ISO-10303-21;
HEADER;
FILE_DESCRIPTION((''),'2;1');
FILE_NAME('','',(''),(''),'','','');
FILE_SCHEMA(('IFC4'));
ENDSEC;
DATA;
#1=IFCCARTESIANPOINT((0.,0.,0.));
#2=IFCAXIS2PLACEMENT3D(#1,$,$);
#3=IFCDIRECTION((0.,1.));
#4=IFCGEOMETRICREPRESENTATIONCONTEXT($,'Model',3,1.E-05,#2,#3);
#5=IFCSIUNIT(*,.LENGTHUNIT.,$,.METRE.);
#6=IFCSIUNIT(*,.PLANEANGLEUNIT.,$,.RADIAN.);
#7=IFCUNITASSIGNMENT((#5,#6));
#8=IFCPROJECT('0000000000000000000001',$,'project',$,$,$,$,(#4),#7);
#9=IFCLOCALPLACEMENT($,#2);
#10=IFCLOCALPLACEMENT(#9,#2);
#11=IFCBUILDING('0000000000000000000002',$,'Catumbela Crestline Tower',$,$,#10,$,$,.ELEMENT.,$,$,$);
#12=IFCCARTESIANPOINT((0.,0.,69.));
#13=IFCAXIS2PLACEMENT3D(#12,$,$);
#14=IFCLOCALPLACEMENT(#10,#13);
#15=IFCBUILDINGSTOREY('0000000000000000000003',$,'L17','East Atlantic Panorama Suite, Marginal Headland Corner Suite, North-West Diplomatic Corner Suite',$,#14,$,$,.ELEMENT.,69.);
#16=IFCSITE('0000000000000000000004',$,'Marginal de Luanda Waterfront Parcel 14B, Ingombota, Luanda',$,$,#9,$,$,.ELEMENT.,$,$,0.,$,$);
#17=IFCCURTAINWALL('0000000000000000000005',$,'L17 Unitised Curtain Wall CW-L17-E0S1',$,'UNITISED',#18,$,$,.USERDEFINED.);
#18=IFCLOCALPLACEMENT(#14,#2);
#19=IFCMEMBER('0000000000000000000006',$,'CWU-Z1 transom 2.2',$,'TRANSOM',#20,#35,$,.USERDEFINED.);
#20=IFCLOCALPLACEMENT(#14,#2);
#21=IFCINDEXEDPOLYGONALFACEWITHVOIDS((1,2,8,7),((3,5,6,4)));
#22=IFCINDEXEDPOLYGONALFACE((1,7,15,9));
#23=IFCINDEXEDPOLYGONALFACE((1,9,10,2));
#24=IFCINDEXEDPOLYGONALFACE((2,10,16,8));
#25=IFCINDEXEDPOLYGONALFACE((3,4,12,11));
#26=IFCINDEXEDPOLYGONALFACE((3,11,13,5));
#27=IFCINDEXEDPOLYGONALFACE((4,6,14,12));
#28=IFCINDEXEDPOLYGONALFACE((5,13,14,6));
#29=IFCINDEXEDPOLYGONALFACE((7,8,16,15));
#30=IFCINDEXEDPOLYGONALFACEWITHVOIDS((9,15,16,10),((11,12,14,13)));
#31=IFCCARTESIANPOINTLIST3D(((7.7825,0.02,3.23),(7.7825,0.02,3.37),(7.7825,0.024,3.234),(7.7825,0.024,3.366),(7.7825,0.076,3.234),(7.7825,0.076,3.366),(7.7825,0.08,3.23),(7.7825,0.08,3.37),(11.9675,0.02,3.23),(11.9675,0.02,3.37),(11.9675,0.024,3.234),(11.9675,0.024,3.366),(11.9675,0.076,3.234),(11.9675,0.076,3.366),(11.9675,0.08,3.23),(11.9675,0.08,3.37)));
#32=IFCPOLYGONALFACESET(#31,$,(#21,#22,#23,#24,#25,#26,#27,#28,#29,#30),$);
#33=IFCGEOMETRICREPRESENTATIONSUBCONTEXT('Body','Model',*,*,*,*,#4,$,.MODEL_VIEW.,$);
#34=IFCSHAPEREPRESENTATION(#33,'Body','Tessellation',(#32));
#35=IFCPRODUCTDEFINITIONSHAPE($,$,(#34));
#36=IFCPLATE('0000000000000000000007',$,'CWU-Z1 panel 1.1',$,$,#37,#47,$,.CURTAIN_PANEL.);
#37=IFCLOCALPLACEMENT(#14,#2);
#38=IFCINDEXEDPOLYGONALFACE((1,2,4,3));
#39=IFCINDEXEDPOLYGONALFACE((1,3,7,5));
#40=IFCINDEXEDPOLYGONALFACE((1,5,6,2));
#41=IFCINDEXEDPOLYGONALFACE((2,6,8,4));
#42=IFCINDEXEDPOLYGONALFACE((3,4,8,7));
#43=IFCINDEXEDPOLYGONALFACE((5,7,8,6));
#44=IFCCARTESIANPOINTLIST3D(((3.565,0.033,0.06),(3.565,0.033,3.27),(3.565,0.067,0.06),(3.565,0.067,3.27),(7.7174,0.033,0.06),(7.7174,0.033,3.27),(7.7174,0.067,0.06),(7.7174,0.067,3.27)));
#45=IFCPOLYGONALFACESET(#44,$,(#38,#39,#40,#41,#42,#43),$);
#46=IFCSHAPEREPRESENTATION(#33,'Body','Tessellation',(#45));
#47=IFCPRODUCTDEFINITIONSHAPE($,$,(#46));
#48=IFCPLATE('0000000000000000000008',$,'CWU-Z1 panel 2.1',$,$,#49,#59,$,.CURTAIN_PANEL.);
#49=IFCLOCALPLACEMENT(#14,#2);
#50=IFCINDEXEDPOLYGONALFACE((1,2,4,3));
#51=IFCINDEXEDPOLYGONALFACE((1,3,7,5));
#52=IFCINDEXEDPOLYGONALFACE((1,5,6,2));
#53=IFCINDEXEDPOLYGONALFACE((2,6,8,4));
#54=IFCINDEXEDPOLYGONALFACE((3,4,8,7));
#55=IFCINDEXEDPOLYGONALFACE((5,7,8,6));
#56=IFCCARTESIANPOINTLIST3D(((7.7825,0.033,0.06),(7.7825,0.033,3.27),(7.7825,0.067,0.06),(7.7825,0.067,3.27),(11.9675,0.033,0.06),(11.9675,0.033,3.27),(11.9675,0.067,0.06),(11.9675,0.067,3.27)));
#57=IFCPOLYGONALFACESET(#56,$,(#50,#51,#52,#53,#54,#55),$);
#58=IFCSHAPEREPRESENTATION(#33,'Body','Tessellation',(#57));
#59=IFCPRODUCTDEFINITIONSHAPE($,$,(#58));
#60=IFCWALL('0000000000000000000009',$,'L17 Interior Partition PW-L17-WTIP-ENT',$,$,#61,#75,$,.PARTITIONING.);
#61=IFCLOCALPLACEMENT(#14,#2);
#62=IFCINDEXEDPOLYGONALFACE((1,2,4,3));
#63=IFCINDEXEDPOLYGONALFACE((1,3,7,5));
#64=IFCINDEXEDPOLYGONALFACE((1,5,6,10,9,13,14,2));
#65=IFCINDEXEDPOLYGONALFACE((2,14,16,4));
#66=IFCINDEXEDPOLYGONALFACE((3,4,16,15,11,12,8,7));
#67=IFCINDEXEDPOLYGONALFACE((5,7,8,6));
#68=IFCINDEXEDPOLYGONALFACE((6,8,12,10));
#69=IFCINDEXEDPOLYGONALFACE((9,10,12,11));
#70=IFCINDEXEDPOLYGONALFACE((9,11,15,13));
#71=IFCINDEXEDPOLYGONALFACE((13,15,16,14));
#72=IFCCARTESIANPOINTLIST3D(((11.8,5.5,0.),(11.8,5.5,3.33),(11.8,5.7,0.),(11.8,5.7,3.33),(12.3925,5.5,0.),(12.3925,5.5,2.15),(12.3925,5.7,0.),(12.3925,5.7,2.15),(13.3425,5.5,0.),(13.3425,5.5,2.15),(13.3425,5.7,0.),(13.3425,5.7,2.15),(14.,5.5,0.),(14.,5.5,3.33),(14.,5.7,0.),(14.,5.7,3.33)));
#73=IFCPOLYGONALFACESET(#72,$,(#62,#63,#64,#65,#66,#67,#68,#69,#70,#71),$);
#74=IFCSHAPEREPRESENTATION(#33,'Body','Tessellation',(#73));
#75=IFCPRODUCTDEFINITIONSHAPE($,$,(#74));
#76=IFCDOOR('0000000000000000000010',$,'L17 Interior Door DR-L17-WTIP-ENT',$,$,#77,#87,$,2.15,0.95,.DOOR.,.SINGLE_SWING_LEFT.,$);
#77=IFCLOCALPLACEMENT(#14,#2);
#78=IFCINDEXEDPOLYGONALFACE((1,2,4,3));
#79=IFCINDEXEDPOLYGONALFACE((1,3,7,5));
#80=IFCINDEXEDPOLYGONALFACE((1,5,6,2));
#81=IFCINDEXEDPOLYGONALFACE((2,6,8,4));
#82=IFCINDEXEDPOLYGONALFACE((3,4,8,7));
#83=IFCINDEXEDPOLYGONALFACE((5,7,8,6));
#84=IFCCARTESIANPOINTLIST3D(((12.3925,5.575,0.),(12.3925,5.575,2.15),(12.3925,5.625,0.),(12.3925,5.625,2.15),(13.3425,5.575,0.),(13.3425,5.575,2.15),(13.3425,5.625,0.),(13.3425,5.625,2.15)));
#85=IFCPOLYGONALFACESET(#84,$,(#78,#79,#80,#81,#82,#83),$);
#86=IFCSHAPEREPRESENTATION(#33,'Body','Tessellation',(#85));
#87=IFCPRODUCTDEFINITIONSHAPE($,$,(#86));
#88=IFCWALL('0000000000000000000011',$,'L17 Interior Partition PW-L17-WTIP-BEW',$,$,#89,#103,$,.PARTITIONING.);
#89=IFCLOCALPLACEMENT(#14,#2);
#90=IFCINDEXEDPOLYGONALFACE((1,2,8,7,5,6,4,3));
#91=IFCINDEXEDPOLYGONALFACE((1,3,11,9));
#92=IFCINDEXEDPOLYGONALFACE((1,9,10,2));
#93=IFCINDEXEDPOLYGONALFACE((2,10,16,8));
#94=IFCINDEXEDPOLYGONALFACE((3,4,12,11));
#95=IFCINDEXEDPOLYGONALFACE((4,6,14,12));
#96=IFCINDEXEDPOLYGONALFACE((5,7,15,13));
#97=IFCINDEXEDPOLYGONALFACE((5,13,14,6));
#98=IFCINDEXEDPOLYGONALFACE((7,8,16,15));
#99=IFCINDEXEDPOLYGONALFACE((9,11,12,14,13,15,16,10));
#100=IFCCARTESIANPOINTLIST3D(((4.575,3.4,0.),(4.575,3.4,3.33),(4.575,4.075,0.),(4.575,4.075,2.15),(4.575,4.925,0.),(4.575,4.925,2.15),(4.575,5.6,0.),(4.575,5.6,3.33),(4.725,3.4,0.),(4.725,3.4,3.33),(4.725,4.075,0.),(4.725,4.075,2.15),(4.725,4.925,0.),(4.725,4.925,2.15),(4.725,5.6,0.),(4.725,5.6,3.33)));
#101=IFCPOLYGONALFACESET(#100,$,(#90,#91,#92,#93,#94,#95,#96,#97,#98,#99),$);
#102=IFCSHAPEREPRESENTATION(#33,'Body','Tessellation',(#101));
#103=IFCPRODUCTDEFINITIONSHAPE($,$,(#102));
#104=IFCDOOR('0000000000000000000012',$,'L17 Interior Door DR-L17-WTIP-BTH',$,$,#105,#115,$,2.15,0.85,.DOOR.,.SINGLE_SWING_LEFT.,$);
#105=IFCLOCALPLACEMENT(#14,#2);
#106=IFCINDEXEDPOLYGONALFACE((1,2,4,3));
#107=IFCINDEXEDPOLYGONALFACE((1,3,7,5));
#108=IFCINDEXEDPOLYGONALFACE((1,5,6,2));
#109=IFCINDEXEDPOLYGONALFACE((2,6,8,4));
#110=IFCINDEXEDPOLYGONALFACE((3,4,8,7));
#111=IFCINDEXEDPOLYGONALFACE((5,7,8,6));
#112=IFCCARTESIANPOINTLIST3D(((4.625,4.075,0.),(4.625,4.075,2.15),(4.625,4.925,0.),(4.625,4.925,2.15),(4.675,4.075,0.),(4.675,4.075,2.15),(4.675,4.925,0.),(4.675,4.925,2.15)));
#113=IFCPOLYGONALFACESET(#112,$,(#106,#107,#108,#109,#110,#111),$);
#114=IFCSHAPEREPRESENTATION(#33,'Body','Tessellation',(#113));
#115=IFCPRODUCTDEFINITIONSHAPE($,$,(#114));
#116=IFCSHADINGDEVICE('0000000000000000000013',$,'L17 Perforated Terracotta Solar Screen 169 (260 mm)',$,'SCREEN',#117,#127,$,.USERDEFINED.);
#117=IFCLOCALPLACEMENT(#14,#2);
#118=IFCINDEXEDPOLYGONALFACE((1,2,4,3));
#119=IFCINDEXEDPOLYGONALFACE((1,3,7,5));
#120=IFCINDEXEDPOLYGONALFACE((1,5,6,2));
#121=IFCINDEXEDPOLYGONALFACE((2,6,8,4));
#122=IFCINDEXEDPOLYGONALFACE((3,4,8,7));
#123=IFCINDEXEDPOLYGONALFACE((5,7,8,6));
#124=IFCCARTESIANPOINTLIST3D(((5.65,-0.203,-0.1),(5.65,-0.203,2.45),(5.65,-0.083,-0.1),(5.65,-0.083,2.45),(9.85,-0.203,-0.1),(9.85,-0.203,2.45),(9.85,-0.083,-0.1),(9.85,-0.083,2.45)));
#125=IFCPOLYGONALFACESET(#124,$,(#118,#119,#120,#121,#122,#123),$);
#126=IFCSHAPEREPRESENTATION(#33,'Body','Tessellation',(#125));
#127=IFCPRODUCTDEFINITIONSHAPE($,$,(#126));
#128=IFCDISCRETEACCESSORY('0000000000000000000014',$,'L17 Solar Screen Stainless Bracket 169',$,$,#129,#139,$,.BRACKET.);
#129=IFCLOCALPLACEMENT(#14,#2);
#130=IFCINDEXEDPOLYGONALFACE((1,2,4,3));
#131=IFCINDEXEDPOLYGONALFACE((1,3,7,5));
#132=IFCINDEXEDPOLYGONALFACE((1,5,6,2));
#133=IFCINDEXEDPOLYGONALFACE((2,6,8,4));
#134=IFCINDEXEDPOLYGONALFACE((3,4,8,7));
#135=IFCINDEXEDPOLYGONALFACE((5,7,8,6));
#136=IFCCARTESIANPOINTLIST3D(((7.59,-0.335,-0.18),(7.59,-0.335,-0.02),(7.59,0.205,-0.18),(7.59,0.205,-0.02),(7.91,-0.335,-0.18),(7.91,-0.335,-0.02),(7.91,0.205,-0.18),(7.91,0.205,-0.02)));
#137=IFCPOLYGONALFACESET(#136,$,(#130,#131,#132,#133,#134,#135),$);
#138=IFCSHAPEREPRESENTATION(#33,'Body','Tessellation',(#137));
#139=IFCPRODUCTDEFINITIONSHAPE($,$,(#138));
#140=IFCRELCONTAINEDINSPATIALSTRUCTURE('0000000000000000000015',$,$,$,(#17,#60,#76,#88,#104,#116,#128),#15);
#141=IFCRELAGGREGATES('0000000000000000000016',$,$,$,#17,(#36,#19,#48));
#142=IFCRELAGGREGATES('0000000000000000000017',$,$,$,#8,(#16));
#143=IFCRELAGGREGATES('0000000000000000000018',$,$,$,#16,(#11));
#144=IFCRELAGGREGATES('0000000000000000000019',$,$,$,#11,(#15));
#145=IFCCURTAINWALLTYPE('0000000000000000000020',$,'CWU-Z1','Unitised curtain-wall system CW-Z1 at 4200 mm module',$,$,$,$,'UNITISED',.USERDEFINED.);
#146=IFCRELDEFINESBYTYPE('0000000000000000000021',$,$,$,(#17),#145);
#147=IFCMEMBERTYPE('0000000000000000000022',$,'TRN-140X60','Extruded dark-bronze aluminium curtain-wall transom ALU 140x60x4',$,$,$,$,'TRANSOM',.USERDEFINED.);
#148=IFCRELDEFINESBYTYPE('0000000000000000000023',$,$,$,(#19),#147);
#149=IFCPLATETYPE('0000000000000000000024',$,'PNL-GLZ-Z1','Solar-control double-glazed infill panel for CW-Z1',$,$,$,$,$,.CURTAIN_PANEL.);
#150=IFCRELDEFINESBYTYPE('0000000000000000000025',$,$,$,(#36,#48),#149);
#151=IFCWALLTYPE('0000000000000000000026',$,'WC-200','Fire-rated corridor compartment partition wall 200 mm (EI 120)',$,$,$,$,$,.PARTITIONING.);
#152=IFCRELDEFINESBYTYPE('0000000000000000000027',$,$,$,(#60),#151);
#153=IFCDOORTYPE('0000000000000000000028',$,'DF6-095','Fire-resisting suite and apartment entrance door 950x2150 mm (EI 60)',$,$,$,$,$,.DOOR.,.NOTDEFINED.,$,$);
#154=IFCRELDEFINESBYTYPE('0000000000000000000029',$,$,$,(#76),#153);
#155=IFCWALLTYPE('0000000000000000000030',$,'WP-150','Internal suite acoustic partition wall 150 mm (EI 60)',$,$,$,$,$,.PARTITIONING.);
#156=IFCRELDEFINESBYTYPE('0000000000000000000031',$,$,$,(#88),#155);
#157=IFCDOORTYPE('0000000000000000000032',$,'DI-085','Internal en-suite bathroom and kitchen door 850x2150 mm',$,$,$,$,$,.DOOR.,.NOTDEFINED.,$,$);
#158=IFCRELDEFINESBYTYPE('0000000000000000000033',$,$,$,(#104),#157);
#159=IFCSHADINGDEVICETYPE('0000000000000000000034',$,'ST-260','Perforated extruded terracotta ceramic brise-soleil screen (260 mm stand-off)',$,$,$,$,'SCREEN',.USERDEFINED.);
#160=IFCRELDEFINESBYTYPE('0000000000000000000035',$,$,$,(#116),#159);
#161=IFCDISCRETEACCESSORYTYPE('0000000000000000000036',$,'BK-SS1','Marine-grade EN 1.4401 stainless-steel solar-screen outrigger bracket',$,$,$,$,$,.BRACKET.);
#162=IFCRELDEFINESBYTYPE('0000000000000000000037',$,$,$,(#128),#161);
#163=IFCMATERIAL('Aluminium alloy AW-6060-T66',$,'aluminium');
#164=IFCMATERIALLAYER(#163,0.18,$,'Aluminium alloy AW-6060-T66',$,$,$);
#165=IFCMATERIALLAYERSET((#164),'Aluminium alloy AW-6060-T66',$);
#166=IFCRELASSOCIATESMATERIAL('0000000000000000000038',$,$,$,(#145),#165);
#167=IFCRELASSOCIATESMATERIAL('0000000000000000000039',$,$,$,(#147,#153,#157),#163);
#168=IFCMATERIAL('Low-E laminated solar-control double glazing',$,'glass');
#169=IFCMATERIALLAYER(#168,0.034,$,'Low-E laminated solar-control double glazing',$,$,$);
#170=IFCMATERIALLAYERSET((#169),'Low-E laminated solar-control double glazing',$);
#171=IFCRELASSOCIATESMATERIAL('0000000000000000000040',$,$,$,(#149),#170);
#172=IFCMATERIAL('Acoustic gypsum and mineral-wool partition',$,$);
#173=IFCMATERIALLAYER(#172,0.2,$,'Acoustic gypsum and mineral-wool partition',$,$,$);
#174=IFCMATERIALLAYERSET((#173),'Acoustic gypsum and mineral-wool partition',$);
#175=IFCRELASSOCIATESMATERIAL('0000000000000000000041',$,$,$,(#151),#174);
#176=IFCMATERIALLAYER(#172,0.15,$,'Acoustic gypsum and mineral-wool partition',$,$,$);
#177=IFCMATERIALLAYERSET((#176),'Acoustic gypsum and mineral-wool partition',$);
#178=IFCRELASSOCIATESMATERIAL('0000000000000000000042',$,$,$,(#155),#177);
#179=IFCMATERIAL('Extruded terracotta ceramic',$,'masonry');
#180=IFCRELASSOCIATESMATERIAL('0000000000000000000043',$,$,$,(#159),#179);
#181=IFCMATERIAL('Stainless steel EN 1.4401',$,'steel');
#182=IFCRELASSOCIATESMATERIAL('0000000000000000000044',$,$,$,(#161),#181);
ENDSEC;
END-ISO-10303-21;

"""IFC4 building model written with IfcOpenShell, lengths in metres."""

from ifc_helpers import new_model, si_unit, direction, frame, frame_2d, origin, origin_2d, place, context, subcontext, project, spatial, rectangle, hollow_rectangle, extrude, material, layer, layer_set, material_profile, profile_set, type_object, element, fill, aggregate, save


model = new_model("IFC4")

# Units and contexts
model_context = context("Model", 3, precision=1e-05, world=origin(), true_north=direction((0.0, 1.0)))
body_context = subcontext(model_context, "Body", "Model", "MODEL_VIEW")
ifc_project = project(units=[si_unit("LENGTHUNIT", "METRE"), si_unit("PLANEANGLEUNIT", "RADIAN")], contexts=[model_context])

# Site, building, storey
site_placement = place(None, origin())
site = spatial("IfcSite", under=ifc_project, at=site_placement, Name="Marginal de Luanda Waterfront Parcel 14B, Ingombota, Luanda", CompositionType="ELEMENT", RefElevation=0.0)
building_placement = place(site_placement, origin())
building = spatial("IfcBuilding", under=site, at=building_placement, Name="Catumbela Crestline Tower", CompositionType="ELEMENT")
storey_placement = place(building_placement, frame((0.0, 0.0, 69.0)))
storey = spatial("IfcBuildingStorey", under=building, at=storey_placement, Name="L17", Description="East Atlantic Panorama Suite, Marginal Headland Corner Suite, North-West Diplomatic Corner Suite", CompositionType="ELEMENT", Elevation=69.0)

# Curtain wall
ifc_material_1 = material(Name="Aluminium alloy AW-6060-T66", Category="aluminium")
ifc_layer_1 = layer(ifc_material_1, 0.18, Name="Aluminium alloy AW-6060-T66")
ifc_layer_set_1 = layer_set([ifc_layer_1], Name="Aluminium alloy AW-6060-T66")
curtain_wall_type = type_object("IfcCurtainWallType", Name="CWU-Z1", Description="Unitised curtain-wall system CW-Z1 at 4200 mm module", ElementType="UNITISED", PredefinedType="USERDEFINED", material=ifc_layer_set_1)
curtain_wall_placement = place(storey_placement, origin())
curtain_wall = element("IfcCurtainWall", 1, at=curtain_wall_placement, inside=storey, type_object=curtain_wall_type, Name="L17 Unitised Curtain Wall CW-L17-E0S1", ObjectType="UNITISED", PredefinedType="USERDEFINED")

# Member
ifc_material_profile_1 = material_profile(ifc_material_1, hollow_rectangle(XDim=0.06, YDim=0.14, WallThickness=0.004, at=origin_2d()), Name="ALU 140x60x4")
ifc_profile_set_1 = profile_set([ifc_material_profile_1], Name="Aluminium alloy AW-6060-T66")
member_type_1 = type_object("IfcMemberType", Name="TRN-140X60", Description="Extruded dark-bronze aluminium curtain-wall transom ALU 140x60x4", ElementType="TRANSOM", PredefinedType="USERDEFINED", material=ifc_profile_set_1)
member_1_placement = place(storey_placement, frame((7.7825, 0.05, 3.3), z_axis=(1.0, 0.0, 0.0), x_axis=(0.0, 1.0, 0.0)))
member_1 = element("IfcMember", 2, at=member_1_placement, type_object=member_type_1, Name="CWU-Z1 transom 2.2", ObjectType="TRANSOM", PredefinedType="USERDEFINED", context=body_context, shape_type="SweptSolid", body=[
    extrude(hollow_rectangle(XDim=0.06, YDim=0.14, WallThickness=0.004, at=origin_2d()), origin(), (0.0, 0.0, 1.0), 4.185),
])

# Plates
ifc_material_2 = material(Name="Low-E laminated solar-control double glazing", Category="glass")
ifc_layer_2 = layer(ifc_material_2, 0.034, Name="Low-E laminated solar-control double glazing")
ifc_layer_set_2 = layer_set([ifc_layer_2], Name="Low-E laminated solar-control double glazing")
plate_type = type_object("IfcPlateType", Name="PNL-GLZ-Z1", Description="Solar-control double-glazed infill panel for CW-Z1", PredefinedType="CURTAIN_PANEL", material=ifc_layer_set_2)
plate_1_placement = place(storey_placement, frame((5.6412, 0.05, 0.06), z_axis=(0.0, 0.0, 1.0), x_axis=(1.0, 0.0, 0.0)))
plate_1 = element("IfcPlate", 3, at=plate_1_placement, type_object=plate_type, Name="CWU-Z1 panel 1.1", PredefinedType="CURTAIN_PANEL", context=body_context, shape_type="SweptSolid", body=[
    extrude(rectangle(XDim=4.1525, YDim=0.034, at=origin_2d()), origin(), (0.0, 0.0, 1.0), 3.21),
])
plate_2_placement = place(storey_placement, frame((9.875, 0.05, 0.06), z_axis=(0.0, 0.0, 1.0), x_axis=(1.0, 0.0, 0.0)))
plate_2 = element("IfcPlate", 4, at=plate_2_placement, type_object=plate_type, Name="CWU-Z1 panel 2.1", PredefinedType="CURTAIN_PANEL", context=body_context, shape_type="SweptSolid", body=[
    extrude(rectangle(XDim=4.185, YDim=0.034, at=origin_2d()), origin(), (0.0, 0.0, 1.0), 3.21),
])
aggregate(curtain_wall, [plate_1, member_1, plate_2])

# Walls, openings, doors
ifc_material_3 = material(Name="Acoustic gypsum and mineral-wool partition")
ifc_layer_3 = layer(ifc_material_3, 0.2, Name="Acoustic gypsum and mineral-wool partition")
ifc_layer_set_3 = layer_set([ifc_layer_3], Name="Acoustic gypsum and mineral-wool partition")
wall_type_1 = type_object("IfcWallType", Name="WC-200", Description="Fire-rated corridor compartment partition wall 200 mm (EI 120)", PredefinedType="PARTITIONING", material=ifc_layer_set_3)
wall_1_placement = place(storey_placement, frame((11.8, 5.6, 0.0), z_axis=(0.0, 0.0, 1.0), x_axis=(1.0, 0.0, 0.0)))
wall_1 = element("IfcWall", 5, at=wall_1_placement, inside=storey, type_object=wall_type_1, Name="L17 Interior Partition PW-L17-WTIP-ENT", PredefinedType="PARTITIONING", context=body_context, shape_type="SweptSolid", body=[
    extrude(rectangle(XDim=2.2, YDim=0.2, at=frame_2d((1.1, 0.0))), origin(), (0.0, 0.0, 1.0), 3.33),
])
opening_1_placement = place(wall_1_placement, frame((0.5925, 0.0, 0.0)))
opening_1 = element("IfcOpeningElement", 6, at=opening_1_placement, cuts=wall_1, PredefinedType="OPENING", context=body_context, shape_type="SweptSolid", body=[
    extrude(rectangle(XDim=0.95, YDim=2.15, at=frame_2d((0.475, 1.075))), frame((0.0, 0.11, 0.0), z_axis=(0.0, -1.0, 0.0), x_axis=(1.0, 0.0, 0.0)), (0.0, 0.0, 1.0), 0.22),
])
door_type_1 = type_object("IfcDoorType", Name="DF6-095", Description="Fire-resisting suite and apartment entrance door 950x2150 mm (EI 60)", OperationType="NOTDEFINED", PredefinedType="DOOR", material=ifc_material_1)
door_1_placement = place(opening_1_placement, origin())
door_1 = element("IfcDoor", 7, at=door_1_placement, inside=storey, type_object=door_type_1, Name="L17 Interior Door DR-L17-WTIP-ENT", OperationType="SINGLE_SWING_LEFT", OverallHeight=2.15, OverallWidth=0.95, PredefinedType="DOOR", context=body_context, shape_type="SweptSolid", body=[
    extrude(rectangle(XDim=0.95, YDim=2.15, at=frame_2d((0.475, 1.075))), frame((0.0, 0.025, 0.0), z_axis=(0.0, -1.0, 0.0), x_axis=(1.0, 0.0, 0.0)), (0.0, 0.0, 1.0), 0.05),
])
fill(opening_1, door_1)
ifc_layer_4 = layer(ifc_material_3, 0.15, Name="Acoustic gypsum and mineral-wool partition")
ifc_layer_set_4 = layer_set([ifc_layer_4], Name="Acoustic gypsum and mineral-wool partition")
wall_type_2 = type_object("IfcWallType", Name="WP-150", Description="Internal suite acoustic partition wall 150 mm (EI 60)", PredefinedType="PARTITIONING", material=ifc_layer_set_4)
wall_2_placement = place(storey_placement, frame((4.65, 3.4, 0.0), z_axis=(0.0, 0.0, 1.0), x_axis=(0.0, 1.0, 0.0)))
wall_2 = element("IfcWall", 8, at=wall_2_placement, inside=storey, type_object=wall_type_2, Name="L17 Interior Partition PW-L17-WTIP-BEW", PredefinedType="PARTITIONING", context=body_context, shape_type="SweptSolid", body=[
    extrude(rectangle(XDim=2.2, YDim=0.15, at=frame_2d((1.1, 0.0))), origin(), (0.0, 0.0, 1.0), 3.33),
])
opening_2_placement = place(wall_2_placement, frame((0.675, 0.0, 0.0)))
opening_2 = element("IfcOpeningElement", 9, at=opening_2_placement, cuts=wall_2, PredefinedType="OPENING", context=body_context, shape_type="SweptSolid", body=[
    extrude(rectangle(XDim=0.85, YDim=2.15, at=frame_2d((0.425, 1.075))), frame((0.0, 0.085, 0.0), z_axis=(0.0, -1.0, 0.0), x_axis=(1.0, 0.0, 0.0)), (0.0, 0.0, 1.0), 0.17),
])
door_type_2 = type_object("IfcDoorType", Name="DI-085", Description="Internal en-suite bathroom and kitchen door 850x2150 mm", OperationType="NOTDEFINED", PredefinedType="DOOR", material=ifc_material_1)
door_2_placement = place(opening_2_placement, origin())
door_2 = element("IfcDoor", 10, at=door_2_placement, inside=storey, type_object=door_type_2, Name="L17 Interior Door DR-L17-WTIP-BTH", OperationType="SINGLE_SWING_LEFT", OverallHeight=2.15, OverallWidth=0.85, PredefinedType="DOOR", context=body_context, shape_type="SweptSolid", body=[
    extrude(rectangle(XDim=0.85, YDim=2.15, at=frame_2d((0.425, 1.075))), frame((0.0, 0.025, 0.0), z_axis=(0.0, -1.0, 0.0), x_axis=(1.0, 0.0, 0.0)), (0.0, 0.0, 1.0), 0.05),
])
fill(opening_2, door_2)

# Shading device
ifc_material_4 = material(Name="Extruded terracotta ceramic", Category="masonry")
shading_device_type = type_object("IfcShadingDeviceType", Name="ST-260", Description="Perforated extruded terracotta ceramic brise-soleil screen (260 mm stand-off)", ElementType="SCREEN", PredefinedType="USERDEFINED", material=ifc_material_4)
shading_device_placement = place(storey_placement, frame((7.75, -0.143, -0.1), z_axis=(0.0, 0.0, 1.0), x_axis=(1.0, 0.0, 0.0)))
element("IfcShadingDevice", 11, at=shading_device_placement, inside=storey, type_object=shading_device_type, Name="L17 Perforated Terracotta Solar Screen 169 (260 mm)", ObjectType="SCREEN", PredefinedType="USERDEFINED", context=body_context, shape_type="SweptSolid", body=[
    extrude(rectangle(XDim=4.2, YDim=0.12, at=origin_2d()), origin(), (0.0, 0.0, 1.0), 2.55),
])

# Discrete accessory
ifc_material_5 = material(Name="Stainless steel EN 1.4401", Category="steel")
discrete_accessory_type = type_object("IfcDiscreteAccessoryType", Name="BK-SS1", Description="Marine-grade EN 1.4401 stainless-steel solar-screen outrigger bracket", PredefinedType="BRACKET", material=ifc_material_5)
discrete_accessory_placement = place(storey_placement, frame((7.75, -0.065, -0.18), z_axis=(0.0, 0.0, 1.0), x_axis=(1.0, 0.0, 0.0)))
element("IfcDiscreteAccessory", 12, at=discrete_accessory_placement, inside=storey, type_object=discrete_accessory_type, Name="L17 Solar Screen Stainless Bracket 169", PredefinedType="BRACKET", context=body_context, shape_type="SweptSolid", body=[
    extrude(rectangle(XDim=0.32, YDim=0.54, at=origin_2d()), origin(), (0.0, 0.0, 1.0), 0.16),
])

save(model, "model.ifc")
